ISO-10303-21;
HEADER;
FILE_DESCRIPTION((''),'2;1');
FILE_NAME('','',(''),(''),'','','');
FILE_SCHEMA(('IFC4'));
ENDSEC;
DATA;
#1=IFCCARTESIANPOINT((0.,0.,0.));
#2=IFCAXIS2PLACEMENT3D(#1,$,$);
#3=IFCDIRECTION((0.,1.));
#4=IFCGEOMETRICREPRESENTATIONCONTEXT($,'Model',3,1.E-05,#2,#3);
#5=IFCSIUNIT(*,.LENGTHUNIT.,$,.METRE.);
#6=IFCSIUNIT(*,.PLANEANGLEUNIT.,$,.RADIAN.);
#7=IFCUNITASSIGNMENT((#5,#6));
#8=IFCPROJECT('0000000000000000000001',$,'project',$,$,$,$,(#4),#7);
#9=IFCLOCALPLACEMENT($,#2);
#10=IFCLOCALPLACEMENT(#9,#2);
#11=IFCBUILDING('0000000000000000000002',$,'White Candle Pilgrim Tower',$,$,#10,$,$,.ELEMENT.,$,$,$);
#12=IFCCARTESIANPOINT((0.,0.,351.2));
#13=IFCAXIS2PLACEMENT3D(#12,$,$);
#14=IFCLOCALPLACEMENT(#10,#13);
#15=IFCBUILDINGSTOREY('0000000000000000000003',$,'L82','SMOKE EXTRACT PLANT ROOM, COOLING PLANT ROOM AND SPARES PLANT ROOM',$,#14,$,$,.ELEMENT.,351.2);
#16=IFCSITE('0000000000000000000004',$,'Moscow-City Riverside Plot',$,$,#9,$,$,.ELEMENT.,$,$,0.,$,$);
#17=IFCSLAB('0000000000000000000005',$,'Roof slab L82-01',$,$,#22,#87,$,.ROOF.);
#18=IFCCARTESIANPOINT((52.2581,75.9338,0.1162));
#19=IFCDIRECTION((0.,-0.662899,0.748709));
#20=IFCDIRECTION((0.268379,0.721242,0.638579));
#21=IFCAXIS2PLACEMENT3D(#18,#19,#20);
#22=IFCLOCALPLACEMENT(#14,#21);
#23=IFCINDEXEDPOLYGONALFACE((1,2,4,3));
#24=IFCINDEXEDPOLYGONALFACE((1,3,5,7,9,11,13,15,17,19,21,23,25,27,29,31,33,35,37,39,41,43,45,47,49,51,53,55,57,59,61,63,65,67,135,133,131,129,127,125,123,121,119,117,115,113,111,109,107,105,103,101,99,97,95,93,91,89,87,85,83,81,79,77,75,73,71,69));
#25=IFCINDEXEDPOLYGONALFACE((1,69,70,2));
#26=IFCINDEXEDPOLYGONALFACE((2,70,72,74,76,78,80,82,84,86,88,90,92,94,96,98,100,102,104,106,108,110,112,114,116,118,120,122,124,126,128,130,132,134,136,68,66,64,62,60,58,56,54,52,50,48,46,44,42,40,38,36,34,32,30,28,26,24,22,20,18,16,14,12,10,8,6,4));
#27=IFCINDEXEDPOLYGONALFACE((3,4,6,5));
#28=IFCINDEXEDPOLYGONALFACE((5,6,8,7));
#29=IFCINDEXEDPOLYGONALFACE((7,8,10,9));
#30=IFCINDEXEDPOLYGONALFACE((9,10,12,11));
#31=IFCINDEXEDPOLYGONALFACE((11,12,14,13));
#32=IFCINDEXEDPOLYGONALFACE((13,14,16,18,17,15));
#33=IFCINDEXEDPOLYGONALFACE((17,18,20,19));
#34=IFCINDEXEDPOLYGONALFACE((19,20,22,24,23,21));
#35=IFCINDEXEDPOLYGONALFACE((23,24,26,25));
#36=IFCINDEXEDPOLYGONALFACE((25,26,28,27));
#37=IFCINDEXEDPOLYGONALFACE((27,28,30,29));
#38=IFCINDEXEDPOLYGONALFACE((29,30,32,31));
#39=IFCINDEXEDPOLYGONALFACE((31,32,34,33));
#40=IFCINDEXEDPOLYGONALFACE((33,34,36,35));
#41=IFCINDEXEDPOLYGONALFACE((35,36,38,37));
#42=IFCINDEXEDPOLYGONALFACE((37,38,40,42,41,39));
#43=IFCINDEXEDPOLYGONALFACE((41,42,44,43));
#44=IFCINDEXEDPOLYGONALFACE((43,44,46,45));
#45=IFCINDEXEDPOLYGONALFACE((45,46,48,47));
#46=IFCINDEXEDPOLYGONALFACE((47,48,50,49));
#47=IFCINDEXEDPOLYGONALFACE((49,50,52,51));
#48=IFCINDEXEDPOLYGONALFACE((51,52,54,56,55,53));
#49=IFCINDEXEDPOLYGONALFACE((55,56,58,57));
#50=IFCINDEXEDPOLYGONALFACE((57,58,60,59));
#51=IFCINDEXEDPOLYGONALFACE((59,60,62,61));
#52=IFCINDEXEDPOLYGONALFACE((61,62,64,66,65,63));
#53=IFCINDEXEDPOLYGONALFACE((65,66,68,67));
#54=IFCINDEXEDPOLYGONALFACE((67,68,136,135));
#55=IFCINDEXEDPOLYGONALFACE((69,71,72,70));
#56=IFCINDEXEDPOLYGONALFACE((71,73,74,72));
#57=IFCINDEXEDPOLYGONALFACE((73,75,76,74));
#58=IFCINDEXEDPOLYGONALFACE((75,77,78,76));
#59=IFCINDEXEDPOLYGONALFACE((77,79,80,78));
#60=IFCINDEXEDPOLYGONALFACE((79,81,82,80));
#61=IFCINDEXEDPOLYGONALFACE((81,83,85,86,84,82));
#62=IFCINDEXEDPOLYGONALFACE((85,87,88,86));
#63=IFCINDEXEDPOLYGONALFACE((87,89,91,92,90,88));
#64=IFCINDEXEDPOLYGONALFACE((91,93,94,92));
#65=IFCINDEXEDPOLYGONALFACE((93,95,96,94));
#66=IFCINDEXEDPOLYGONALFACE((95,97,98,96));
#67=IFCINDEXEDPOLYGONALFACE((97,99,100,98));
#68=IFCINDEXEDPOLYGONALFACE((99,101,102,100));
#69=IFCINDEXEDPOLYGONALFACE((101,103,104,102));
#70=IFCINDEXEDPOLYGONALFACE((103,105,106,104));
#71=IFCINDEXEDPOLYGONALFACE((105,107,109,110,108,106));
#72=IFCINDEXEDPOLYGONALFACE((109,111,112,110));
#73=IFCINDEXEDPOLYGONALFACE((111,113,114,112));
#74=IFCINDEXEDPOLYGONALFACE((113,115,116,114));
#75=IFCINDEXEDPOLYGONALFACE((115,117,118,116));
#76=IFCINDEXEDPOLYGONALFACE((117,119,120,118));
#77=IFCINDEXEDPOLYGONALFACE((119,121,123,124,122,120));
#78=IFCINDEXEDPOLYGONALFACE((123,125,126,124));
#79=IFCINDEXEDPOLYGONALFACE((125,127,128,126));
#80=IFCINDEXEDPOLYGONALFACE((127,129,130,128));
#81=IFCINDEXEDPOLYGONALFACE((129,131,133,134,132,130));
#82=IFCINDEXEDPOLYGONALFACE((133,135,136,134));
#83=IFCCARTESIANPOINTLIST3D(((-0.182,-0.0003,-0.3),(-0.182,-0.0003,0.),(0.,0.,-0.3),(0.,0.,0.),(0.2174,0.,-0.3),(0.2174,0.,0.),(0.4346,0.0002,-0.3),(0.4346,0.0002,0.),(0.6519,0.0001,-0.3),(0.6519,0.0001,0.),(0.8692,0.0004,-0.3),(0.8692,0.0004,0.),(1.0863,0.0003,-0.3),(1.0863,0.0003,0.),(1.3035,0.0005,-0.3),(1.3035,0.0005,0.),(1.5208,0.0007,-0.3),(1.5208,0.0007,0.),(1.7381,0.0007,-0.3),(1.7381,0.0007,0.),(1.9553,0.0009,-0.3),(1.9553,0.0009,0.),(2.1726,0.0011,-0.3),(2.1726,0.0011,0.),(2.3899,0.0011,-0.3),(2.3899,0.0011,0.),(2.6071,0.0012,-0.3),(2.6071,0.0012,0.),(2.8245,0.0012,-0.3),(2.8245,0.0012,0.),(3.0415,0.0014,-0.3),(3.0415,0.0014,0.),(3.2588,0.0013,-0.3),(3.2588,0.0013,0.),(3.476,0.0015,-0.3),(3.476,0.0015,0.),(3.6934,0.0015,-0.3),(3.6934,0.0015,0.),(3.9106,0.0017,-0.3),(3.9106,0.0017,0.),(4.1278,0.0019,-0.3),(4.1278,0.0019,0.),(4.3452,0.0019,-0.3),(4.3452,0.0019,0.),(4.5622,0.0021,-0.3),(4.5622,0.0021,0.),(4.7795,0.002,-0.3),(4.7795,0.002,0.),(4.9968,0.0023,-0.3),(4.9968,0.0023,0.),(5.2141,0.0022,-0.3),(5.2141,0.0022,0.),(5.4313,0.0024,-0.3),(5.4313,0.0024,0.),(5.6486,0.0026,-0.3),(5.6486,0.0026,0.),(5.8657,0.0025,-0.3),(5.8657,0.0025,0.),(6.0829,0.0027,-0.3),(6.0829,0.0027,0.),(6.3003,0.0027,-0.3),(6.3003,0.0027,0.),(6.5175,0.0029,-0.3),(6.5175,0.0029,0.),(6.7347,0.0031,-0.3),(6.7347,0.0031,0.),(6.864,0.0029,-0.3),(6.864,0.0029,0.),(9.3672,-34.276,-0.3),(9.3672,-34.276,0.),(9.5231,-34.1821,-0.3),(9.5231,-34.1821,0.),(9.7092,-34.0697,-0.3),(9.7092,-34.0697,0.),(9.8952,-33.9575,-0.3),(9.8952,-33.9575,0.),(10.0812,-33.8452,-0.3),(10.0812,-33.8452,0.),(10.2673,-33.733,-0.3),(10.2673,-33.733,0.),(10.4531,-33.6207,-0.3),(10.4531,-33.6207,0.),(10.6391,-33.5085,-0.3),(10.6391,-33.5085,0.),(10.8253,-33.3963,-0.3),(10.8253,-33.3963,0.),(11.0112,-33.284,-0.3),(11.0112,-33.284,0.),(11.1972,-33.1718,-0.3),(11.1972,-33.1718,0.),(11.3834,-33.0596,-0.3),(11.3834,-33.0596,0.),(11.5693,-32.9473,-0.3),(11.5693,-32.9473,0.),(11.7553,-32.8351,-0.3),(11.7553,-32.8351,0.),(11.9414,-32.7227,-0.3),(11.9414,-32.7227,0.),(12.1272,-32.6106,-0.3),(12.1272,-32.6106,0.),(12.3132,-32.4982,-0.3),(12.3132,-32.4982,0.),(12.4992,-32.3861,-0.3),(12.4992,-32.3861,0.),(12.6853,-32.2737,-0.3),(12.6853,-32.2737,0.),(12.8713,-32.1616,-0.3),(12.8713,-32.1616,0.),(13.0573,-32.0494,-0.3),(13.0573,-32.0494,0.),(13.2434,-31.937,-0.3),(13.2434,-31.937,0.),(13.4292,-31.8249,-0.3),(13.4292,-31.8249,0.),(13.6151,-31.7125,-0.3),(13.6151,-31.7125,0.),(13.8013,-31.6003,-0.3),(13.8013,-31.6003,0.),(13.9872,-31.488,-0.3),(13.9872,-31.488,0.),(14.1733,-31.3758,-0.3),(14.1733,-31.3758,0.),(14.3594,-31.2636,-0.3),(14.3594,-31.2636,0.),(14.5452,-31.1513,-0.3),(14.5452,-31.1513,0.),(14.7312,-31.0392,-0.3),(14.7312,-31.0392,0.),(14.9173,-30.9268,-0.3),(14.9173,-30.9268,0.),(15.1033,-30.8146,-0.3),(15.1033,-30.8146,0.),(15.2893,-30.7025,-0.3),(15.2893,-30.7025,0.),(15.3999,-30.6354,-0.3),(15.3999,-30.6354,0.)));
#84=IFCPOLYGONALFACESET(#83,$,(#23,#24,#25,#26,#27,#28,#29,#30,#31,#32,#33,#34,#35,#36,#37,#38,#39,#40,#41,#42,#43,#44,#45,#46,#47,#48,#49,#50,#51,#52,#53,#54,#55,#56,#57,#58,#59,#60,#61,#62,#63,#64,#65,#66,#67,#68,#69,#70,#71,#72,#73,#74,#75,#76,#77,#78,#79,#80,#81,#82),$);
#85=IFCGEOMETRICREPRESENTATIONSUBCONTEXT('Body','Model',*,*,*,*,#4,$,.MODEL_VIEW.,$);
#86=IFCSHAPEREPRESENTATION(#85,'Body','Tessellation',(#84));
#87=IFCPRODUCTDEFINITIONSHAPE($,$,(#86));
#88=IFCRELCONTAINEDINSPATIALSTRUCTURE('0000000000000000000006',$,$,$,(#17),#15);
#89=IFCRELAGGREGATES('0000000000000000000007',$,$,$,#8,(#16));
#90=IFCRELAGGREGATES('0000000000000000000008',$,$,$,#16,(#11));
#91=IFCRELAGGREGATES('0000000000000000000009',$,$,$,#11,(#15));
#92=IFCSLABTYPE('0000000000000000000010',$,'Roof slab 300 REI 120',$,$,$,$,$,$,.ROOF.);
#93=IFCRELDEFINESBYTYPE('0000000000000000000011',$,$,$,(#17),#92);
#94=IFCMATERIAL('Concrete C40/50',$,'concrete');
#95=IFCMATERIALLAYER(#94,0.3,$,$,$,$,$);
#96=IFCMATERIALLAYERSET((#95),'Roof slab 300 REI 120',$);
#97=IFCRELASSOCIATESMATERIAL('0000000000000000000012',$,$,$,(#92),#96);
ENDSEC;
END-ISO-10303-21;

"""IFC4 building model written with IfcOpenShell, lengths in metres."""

from ifc_helpers import new_model, si_unit, direction, frame, origin, place, context, subcontext, project, spatial, polyline, outline, extrude, material, layer, layer_set, type_object, element, save


model = new_model("IFC4")

# Units and contexts
model_context = context("Model", 3, precision=1e-05, world=origin(), true_north=direction((0.0, 1.0)))
body_context = subcontext(model_context, "Body", "Model", "MODEL_VIEW")
ifc_project = project(units=[si_unit("LENGTHUNIT", "METRE"), si_unit("PLANEANGLEUNIT", "RADIAN")], contexts=[model_context])

# Site, building, storey
site_placement = place(None, origin())
site = spatial("IfcSite", under=ifc_project, at=site_placement, Name="Moscow-City Riverside Plot", CompositionType="ELEMENT", RefElevation=0.0)
building_placement = place(site_placement, origin())
building = spatial("IfcBuilding", under=site, at=building_placement, Name="White Candle Pilgrim Tower", CompositionType="ELEMENT")
storey_placement = place(building_placement, frame((0.0, 0.0, 351.2)))
storey = spatial("IfcBuildingStorey", under=building, at=storey_placement, Name="L82", Description="SMOKE EXTRACT PLANT ROOM, COOLING PLANT ROOM AND SPARES PLANT ROOM", CompositionType="ELEMENT", Elevation=351.2)

# Slab
ifc_material_1 = material(Name="Concrete C40/50", Category="concrete")
ifc_layer_1 = layer(ifc_material_1, 0.3)
ifc_layer_set_1 = layer_set([ifc_layer_1], Name="Roof slab 300 REI 120")
slab_type_1 = type_object("IfcSlabType", Name="Roof slab 300 REI 120", PredefinedType="ROOF", material=ifc_layer_set_1)
slab_1_placement = place(storey_placement, frame((52.2581, 75.9338, 0.1162), z_axis=(0.0, -0.662899, 0.748709), x_axis=(0.268379, 0.721242, 0.638579)))
element("IfcSlab", 1, at=slab_1_placement, inside=storey, type_object=slab_type_1, Name="Roof slab L82-01", PredefinedType="ROOF", context=body_context, shape_type="SweptSolid", body=[
    extrude(outline(polyline([(0.0, 0.0), (0.2174, 0.0), (0.4346, 0.0002), (0.6519, 0.0001), (0.8692, 0.0004), (1.0863, 0.0003), (1.3035, 0.0005), (1.5208, 0.0007), (1.7381, 0.0007), (1.9553, 0.0009), (2.1726, 0.0011), (2.3899, 0.0011), (2.6071, 0.0012), (2.8245, 0.0012), (3.0415, 0.0014), (3.2588, 0.0013), (3.476, 0.0015), (3.6934, 0.0015), (3.9106, 0.0017), (4.1278, 0.0019), (4.3452, 0.0019), (4.5622, 0.0021), (4.7795, 0.002), (4.9968, 0.0023), (5.2141, 0.0022), (5.4313, 0.0024), (5.6486, 0.0026), (5.8657, 0.0025), (6.0829, 0.0027), (6.3003, 0.0027), (6.5175, 0.0029), (6.7347, 0.0031), (6.864, 0.0029), (15.3999, -30.6354), (15.2893, -30.7025), (15.1033, -30.8146), (14.9173, -30.9268), (14.7312, -31.0392), (14.5452, -31.1513), (14.3594, -31.2636), (14.1733, -31.3758), (13.9872, -31.488), (13.8013, -31.6003), (13.6151, -31.7125), (13.4292, -31.8249), (13.2434, -31.937), (13.0573, -32.0494), (12.8713, -32.1616), (12.6853, -32.2737), (12.4992, -32.3861), (12.3132, -32.4982), (12.1272, -32.6106), (11.9414, -32.7227), (11.7553, -32.8351), (11.5693, -32.9473), (11.3834, -33.0596), (11.1972, -33.1718), (11.0112, -33.284), (10.8253, -33.3963), (10.6391, -33.5085), (10.4531, -33.6207), (10.2673, -33.733), (10.0812, -33.8452), (9.8952, -33.9575), (9.7092, -34.0697), (9.5231, -34.1821), (9.3672, -34.276), (-0.182, -0.0003), (0.0, 0.0)])), origin(), (0.0, 0.0, -1.0), 0.3),
])

save(model, "model.ifc")
